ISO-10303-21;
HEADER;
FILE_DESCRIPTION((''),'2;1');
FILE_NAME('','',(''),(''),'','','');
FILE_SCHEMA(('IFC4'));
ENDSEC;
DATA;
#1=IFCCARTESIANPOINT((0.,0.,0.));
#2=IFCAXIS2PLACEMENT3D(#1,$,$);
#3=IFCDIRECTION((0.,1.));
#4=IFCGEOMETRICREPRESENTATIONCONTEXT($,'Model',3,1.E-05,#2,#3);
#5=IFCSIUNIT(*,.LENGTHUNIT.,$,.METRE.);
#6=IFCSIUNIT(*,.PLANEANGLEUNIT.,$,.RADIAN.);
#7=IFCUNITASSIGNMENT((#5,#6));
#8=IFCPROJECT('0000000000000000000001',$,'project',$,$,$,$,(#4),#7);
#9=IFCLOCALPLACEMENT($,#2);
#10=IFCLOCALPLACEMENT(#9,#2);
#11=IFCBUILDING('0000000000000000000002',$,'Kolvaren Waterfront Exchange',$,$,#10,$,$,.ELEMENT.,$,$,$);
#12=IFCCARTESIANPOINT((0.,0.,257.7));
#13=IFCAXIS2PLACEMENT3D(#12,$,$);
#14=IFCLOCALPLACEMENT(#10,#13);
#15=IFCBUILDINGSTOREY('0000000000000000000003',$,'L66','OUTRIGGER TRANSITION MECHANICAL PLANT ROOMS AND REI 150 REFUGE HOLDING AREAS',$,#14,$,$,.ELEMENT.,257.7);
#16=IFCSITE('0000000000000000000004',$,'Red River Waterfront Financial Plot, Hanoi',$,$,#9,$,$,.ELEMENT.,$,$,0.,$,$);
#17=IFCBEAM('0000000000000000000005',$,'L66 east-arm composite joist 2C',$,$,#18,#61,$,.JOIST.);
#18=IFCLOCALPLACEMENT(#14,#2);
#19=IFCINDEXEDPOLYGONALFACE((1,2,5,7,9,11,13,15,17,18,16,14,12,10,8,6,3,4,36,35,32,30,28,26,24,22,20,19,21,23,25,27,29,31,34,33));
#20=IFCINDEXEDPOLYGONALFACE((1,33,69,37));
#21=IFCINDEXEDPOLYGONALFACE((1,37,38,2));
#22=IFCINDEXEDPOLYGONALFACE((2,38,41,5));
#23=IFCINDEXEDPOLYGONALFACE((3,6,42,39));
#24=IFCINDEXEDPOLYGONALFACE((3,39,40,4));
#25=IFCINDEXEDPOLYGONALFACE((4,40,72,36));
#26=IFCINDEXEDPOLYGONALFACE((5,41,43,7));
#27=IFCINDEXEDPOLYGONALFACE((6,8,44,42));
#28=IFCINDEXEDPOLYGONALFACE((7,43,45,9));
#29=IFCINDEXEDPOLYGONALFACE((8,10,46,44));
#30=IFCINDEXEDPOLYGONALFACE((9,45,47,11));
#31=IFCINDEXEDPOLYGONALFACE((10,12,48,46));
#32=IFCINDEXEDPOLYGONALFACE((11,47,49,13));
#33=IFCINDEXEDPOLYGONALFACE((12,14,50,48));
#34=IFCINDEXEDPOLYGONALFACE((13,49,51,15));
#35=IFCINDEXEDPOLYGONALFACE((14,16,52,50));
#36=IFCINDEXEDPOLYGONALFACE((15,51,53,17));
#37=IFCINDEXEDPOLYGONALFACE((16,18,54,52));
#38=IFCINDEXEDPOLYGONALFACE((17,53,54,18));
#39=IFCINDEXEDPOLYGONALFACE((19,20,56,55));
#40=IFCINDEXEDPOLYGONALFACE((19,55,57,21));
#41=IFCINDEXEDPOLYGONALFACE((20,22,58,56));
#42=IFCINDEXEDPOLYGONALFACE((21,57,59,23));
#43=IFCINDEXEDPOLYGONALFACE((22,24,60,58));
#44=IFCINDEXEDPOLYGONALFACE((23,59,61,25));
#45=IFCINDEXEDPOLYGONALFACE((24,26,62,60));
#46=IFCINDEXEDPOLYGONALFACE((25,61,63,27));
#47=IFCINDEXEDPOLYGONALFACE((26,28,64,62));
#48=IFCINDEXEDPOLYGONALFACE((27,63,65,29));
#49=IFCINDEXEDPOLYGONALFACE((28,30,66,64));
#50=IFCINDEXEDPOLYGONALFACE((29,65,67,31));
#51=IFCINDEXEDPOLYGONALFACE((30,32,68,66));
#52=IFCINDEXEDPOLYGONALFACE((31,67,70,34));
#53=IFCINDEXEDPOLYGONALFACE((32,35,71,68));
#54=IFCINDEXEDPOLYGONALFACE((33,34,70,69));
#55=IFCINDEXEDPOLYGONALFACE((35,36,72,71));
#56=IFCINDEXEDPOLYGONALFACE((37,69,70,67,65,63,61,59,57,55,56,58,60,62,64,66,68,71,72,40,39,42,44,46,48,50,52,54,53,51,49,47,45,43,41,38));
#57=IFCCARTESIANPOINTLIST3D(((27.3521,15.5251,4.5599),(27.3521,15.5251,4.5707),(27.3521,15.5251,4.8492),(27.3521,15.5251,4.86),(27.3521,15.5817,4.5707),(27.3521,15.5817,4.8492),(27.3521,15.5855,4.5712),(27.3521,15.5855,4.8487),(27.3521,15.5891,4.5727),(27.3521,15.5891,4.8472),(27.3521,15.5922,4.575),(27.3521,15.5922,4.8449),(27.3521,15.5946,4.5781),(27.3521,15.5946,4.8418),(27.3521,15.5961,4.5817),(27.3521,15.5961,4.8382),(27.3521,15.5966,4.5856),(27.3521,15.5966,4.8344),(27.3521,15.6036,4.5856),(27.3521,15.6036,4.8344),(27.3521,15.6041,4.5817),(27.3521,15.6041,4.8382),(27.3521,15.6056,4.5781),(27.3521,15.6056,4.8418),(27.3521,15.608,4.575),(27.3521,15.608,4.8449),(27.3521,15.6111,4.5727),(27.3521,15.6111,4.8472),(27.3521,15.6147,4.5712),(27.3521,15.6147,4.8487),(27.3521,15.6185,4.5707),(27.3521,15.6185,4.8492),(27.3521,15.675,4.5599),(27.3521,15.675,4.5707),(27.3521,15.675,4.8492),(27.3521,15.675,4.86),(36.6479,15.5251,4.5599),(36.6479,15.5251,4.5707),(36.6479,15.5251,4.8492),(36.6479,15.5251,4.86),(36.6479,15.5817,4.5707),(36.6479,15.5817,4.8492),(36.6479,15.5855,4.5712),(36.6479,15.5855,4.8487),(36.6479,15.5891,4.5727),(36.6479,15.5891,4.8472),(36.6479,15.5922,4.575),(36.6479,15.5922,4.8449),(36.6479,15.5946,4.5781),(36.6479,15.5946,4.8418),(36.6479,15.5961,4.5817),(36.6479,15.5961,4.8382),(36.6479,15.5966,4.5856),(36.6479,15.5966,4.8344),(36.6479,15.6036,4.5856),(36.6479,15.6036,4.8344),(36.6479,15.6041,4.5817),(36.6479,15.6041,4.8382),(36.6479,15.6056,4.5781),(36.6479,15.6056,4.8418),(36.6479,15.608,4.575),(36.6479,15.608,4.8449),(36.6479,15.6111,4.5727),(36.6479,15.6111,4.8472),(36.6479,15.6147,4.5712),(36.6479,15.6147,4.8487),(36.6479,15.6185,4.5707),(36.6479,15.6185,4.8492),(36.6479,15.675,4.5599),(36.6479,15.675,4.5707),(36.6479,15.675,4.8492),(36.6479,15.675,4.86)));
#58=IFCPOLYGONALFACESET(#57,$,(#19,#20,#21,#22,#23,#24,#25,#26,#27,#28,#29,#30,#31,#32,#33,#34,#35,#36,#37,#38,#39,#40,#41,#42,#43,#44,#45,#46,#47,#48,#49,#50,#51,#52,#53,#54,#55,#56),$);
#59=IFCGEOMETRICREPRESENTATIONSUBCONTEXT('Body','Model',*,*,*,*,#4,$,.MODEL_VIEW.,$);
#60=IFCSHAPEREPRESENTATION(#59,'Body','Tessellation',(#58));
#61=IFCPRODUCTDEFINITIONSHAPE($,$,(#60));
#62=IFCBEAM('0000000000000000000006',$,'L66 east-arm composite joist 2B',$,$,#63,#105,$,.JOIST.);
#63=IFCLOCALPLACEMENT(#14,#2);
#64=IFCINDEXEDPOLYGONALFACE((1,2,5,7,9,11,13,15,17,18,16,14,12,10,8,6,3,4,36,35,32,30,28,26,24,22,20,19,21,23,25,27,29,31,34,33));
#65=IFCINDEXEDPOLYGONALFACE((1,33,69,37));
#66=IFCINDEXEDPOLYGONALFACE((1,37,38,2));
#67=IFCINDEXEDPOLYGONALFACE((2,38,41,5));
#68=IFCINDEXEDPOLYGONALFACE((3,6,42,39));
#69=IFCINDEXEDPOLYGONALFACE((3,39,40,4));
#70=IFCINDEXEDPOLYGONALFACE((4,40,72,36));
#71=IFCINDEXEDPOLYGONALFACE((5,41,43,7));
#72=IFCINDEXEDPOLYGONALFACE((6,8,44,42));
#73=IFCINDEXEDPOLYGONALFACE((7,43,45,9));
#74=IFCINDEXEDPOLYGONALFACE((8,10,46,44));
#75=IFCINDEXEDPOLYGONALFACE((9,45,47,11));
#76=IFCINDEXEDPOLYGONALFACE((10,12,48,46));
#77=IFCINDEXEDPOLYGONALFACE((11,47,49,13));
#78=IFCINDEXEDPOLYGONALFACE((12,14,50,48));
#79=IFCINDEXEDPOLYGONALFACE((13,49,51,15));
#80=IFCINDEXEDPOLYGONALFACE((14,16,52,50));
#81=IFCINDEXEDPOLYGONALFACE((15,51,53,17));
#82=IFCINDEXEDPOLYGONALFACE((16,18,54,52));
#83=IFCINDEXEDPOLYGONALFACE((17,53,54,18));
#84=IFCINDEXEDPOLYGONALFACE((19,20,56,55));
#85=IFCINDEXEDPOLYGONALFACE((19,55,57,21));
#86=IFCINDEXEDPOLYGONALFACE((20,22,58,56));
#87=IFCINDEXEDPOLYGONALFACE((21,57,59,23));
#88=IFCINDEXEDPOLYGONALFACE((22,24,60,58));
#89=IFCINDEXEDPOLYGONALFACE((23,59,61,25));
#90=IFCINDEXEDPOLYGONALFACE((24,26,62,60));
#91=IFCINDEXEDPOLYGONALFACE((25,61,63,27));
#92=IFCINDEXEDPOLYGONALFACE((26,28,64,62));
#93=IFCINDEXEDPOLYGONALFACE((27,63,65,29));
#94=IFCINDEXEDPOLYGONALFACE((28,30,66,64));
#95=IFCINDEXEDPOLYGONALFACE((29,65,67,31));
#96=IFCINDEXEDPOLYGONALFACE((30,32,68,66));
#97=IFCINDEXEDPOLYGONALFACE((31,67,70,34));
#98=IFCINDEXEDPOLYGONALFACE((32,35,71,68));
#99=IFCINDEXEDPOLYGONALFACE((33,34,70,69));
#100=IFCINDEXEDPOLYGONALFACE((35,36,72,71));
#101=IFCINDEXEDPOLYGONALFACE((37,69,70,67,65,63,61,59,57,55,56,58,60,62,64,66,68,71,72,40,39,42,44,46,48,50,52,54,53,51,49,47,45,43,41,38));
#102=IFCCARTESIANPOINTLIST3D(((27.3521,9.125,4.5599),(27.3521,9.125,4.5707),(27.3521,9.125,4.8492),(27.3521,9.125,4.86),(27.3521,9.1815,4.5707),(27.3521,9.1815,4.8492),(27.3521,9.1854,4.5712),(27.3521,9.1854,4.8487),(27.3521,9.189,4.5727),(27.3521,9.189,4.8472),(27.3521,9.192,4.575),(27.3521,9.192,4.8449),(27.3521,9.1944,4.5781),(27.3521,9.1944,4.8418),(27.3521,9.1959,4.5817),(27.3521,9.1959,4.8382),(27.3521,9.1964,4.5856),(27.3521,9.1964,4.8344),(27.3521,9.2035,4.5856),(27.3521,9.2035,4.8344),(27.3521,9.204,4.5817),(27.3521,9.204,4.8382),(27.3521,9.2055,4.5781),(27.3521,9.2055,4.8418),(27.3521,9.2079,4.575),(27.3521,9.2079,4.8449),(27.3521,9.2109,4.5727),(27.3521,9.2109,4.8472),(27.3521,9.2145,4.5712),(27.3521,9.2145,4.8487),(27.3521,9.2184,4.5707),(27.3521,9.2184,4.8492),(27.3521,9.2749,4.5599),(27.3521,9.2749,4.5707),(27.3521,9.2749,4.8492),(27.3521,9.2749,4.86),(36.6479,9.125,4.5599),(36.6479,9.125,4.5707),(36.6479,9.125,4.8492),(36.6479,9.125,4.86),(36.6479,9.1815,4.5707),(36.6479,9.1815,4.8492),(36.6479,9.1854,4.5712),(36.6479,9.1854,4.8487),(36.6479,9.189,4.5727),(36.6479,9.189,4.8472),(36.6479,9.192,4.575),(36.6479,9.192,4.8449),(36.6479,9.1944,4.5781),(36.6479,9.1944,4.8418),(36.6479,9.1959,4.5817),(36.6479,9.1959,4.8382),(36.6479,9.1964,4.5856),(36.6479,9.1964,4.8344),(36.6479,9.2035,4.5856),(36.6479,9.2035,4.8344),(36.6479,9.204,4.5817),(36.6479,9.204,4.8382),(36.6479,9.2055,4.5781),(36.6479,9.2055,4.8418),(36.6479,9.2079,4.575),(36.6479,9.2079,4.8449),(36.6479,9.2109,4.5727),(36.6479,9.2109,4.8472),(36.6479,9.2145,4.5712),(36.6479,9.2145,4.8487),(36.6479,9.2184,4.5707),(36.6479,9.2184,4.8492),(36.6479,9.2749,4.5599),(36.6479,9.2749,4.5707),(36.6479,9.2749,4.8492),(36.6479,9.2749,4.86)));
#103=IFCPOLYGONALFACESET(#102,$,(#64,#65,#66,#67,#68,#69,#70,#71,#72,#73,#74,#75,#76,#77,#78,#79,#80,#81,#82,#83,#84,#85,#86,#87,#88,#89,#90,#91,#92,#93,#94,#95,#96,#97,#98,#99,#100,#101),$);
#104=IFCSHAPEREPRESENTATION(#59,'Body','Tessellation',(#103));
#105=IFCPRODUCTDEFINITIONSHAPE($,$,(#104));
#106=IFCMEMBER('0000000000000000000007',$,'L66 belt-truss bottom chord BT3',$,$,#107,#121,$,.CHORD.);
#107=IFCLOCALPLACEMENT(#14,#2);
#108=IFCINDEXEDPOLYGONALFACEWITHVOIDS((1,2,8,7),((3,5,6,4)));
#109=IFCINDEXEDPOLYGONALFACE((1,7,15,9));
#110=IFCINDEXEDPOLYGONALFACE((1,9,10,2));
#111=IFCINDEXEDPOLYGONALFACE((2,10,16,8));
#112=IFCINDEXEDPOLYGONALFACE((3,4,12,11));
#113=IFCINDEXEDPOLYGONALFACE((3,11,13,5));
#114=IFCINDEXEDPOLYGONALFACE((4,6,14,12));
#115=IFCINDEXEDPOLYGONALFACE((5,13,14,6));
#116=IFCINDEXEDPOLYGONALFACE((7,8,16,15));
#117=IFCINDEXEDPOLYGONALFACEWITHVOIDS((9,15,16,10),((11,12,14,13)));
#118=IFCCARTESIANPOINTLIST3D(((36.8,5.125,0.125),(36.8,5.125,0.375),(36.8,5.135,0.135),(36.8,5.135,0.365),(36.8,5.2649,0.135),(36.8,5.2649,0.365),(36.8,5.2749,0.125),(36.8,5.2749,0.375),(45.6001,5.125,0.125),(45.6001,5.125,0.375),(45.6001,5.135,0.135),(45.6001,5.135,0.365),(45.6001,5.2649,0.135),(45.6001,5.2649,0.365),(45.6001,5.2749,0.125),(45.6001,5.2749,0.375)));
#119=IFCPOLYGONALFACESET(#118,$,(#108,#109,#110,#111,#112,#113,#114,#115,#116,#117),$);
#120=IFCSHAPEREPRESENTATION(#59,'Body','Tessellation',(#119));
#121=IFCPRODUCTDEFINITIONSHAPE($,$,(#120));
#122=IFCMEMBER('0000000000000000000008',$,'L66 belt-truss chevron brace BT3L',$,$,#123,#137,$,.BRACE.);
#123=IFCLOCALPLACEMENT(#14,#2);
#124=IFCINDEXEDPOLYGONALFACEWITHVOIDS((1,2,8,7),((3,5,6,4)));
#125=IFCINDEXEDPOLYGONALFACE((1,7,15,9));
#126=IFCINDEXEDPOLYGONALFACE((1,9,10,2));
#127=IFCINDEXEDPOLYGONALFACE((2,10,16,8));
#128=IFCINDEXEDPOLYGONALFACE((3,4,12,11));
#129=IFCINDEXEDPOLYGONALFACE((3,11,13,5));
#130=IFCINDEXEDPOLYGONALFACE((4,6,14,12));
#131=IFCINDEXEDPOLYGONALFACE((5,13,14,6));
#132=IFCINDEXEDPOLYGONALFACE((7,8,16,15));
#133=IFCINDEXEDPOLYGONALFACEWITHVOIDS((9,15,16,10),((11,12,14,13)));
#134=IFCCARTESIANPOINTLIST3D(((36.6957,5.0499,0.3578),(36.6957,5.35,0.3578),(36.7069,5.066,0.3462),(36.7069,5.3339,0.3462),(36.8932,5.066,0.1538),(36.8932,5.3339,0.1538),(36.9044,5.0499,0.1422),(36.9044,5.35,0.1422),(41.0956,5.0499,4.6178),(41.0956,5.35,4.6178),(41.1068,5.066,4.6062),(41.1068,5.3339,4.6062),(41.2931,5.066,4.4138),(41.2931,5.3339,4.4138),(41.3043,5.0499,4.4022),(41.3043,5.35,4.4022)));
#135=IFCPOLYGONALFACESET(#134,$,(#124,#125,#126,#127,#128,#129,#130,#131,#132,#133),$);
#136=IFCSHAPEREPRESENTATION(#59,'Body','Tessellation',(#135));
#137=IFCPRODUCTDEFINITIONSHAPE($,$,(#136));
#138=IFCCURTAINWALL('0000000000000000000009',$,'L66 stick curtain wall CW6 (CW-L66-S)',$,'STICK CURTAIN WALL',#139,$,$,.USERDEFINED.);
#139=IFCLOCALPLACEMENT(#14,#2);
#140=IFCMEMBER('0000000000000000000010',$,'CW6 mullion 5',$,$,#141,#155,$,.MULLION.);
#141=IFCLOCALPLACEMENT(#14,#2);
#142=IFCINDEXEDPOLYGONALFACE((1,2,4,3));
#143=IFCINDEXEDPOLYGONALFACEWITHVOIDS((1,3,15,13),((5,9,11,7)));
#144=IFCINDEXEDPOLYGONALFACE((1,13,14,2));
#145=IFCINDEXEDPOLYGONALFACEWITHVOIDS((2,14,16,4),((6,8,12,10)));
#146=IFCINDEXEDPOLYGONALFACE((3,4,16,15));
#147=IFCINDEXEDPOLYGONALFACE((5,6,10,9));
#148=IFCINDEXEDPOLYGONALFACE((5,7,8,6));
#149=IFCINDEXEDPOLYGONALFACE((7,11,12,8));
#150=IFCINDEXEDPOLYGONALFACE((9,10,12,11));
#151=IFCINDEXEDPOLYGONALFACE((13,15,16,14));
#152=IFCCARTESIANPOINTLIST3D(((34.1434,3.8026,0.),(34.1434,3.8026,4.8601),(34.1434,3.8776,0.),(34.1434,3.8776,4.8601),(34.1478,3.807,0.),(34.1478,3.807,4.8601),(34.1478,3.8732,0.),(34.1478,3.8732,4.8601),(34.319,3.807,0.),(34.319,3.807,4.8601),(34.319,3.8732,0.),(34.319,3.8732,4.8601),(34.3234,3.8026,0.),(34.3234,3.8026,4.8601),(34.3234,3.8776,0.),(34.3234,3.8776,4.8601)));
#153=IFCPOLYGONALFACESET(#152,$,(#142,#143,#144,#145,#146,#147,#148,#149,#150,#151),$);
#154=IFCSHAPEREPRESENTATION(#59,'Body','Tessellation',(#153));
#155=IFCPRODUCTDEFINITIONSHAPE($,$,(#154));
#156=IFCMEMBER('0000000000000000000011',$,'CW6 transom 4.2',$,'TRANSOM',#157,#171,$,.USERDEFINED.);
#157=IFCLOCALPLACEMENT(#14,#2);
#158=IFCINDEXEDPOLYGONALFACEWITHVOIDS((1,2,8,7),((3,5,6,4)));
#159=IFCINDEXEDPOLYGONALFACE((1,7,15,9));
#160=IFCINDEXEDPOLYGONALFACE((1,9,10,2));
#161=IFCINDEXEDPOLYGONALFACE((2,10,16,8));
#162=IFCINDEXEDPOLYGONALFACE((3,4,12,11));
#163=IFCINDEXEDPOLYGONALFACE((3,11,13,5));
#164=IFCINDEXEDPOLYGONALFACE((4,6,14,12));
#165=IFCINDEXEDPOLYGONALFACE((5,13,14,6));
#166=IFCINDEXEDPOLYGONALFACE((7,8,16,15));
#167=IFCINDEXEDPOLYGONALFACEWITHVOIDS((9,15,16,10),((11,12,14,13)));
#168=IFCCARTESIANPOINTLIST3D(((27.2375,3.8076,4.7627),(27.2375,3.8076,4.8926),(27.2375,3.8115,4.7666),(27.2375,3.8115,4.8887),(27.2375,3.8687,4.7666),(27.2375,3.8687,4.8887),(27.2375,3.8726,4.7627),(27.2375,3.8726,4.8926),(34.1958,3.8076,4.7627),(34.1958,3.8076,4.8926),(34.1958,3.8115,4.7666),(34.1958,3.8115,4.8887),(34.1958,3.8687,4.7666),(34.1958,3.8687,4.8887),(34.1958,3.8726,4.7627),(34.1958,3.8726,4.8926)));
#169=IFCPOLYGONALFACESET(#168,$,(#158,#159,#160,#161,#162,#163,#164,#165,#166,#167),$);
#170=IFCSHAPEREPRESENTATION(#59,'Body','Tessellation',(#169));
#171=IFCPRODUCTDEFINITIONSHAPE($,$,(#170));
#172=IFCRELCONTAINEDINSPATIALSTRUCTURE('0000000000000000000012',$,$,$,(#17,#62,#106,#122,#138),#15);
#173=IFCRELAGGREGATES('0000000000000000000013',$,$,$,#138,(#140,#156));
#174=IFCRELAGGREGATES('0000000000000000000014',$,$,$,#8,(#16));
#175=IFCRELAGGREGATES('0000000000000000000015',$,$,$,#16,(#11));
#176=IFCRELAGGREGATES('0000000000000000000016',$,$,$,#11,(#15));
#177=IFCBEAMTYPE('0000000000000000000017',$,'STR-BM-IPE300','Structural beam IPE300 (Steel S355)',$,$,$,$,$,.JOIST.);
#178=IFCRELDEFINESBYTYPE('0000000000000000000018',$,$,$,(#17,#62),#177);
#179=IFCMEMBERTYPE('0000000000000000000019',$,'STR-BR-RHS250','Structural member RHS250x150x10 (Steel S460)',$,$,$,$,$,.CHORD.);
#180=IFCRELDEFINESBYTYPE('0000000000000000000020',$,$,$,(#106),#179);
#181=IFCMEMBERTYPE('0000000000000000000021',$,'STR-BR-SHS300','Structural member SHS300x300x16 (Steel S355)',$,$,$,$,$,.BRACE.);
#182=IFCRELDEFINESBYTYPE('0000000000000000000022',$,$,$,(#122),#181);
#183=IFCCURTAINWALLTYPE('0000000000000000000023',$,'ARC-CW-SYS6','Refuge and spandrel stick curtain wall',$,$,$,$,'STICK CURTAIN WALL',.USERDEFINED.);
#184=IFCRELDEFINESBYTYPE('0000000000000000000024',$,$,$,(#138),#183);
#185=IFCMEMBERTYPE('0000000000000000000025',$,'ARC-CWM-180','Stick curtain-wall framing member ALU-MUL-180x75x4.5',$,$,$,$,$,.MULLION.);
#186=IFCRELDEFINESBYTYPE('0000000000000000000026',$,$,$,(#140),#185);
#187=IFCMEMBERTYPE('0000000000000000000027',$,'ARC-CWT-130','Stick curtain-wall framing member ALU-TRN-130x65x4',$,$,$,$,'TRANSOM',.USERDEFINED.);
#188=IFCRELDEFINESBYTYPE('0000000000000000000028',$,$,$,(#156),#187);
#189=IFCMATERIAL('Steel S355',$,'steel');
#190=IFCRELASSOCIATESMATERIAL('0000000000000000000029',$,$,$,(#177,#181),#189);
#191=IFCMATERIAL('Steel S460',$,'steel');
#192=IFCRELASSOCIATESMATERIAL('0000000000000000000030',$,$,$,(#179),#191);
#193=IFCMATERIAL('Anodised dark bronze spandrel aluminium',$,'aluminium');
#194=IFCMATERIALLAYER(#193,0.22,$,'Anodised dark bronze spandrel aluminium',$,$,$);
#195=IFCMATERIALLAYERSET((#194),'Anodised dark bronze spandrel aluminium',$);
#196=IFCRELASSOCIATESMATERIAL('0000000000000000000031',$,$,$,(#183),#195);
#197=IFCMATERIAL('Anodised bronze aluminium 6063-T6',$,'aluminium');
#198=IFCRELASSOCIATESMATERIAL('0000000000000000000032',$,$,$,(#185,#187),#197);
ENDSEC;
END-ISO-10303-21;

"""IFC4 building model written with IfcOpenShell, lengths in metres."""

from ifc_helpers import new_model, si_unit, direction, frame, origin, origin_with_axes, origin_2d, place, context, subcontext, project, spatial, hollow_rectangle, i_section, extrude, source, transform, mapped, material, layer, layer_set, material_profile, profile_set, type_object, element, aggregate, save


model = new_model("IFC4")

# Units and contexts
model_context = context("Model", 3, precision=1e-05, world=origin(), true_north=direction((0.0, 1.0)))
body_context = subcontext(model_context, "Body", "Model", "MODEL_VIEW")
ifc_project = project(units=[si_unit("LENGTHUNIT", "METRE"), si_unit("PLANEANGLEUNIT", "RADIAN")], contexts=[model_context])

# Site, building, storey
site_placement = place(None, origin())
site = spatial("IfcSite", under=ifc_project, at=site_placement, Name="Red River Waterfront Financial Plot, Hanoi", CompositionType="ELEMENT", RefElevation=0.0)
building_placement = place(site_placement, origin())
building = spatial("IfcBuilding", under=site, at=building_placement, Name="Kolvaren Waterfront Exchange", CompositionType="ELEMENT")
storey_placement = place(building_placement, frame((0.0, 0.0, 257.7)))
storey = spatial("IfcBuildingStorey", under=building, at=storey_placement, Name="L66", Description="OUTRIGGER TRANSITION MECHANICAL PLANT ROOMS AND REI 150 REFUGE HOLDING AREAS", CompositionType="ELEMENT", Elevation=257.7)

# Beams
ifc_material_1 = material(Name="Steel S355", Category="steel")
ifc_material_profile_1 = material_profile(ifc_material_1, i_section(OverallWidth=0.1499, OverallDepth=0.3, WebThickness=0.0071, FlangeThickness=0.0107, FilletRadius=0.0149, at=origin_2d()), Name="IPE300")
ifc_profile_set_1 = profile_set([ifc_material_profile_1], Name="Steel S355")
beam_type_1 = type_object("IfcBeamType", Name="STR-BM-IPE300", Description="Structural beam IPE300 (Steel S355)", PredefinedType="JOIST", material=ifc_profile_set_1)
for number, where, z_axis, x_axis, name in (
    (1, (27.3521, 15.6001, 4.71), (1.0, 0.0, 0.0), (0.0, 1.0, 0.0), "L66 east-arm composite joist 2C"),
    (2, (27.3521, 9.2, 4.71), (1.0, 0.0, 0.0), (0.0, 1.0, 0.0), "L66 east-arm composite joist 2B"),
):
    element("IfcBeam", number, at=place(storey_placement, frame(where, z_axis=z_axis, x_axis=x_axis)), inside=storey, type_object=beam_type_1, Name=name, PredefinedType="JOIST", context=body_context, shape_type="SweptSolid", body=[
        extrude(i_section(OverallWidth=0.1499, OverallDepth=0.3, WebThickness=0.0071, FlangeThickness=0.0107, FilletRadius=0.0149, at=origin_2d()), origin(), (0.0, 0.0, 1.0), 9.2959),
    ])

# Members
ifc_material_2 = material(Name="Steel S460", Category="steel")
ifc_material_profile_2 = material_profile(ifc_material_2, hollow_rectangle(XDim=0.1499, YDim=0.25, WallThickness=0.01, at=origin_2d()), Name="RHS250x150x10")
ifc_profile_set_2 = profile_set([ifc_material_profile_2], Name="Steel S460")
member_type_1 = type_object("IfcMemberType", Name="STR-BR-RHS250", Description="Structural member RHS250x150x10 (Steel S460)", PredefinedType="CHORD", material=ifc_profile_set_2)
member_1_placement = place(storey_placement, frame((36.8, 5.2, 0.25), z_axis=(1.0, 0.0, 0.0), x_axis=(0.0, 1.0, 0.0)))
element("IfcMember", 3, at=member_1_placement, inside=storey, type_object=member_type_1, Name="L66 belt-truss bottom chord BT3", PredefinedType="CHORD", context=body_context, shape_type="SweptSolid", body=[
    extrude(hollow_rectangle(XDim=0.1499, YDim=0.25, WallThickness=0.01, at=origin_2d()), origin(), (0.0, 0.0, 1.0), 8.8),
])
ifc_material_profile_3 = material_profile(ifc_material_1, hollow_rectangle(XDim=0.3, YDim=0.3, WallThickness=0.0161, at=origin_2d()), Name="SHS300x300x16")
ifc_profile_set_3 = profile_set([ifc_material_profile_3], Name="Steel S355")
member_type_2 = type_object("IfcMemberType", Name="STR-BR-SHS300", Description="Structural member SHS300x300x16 (Steel S355)", PredefinedType="BRACE", material=ifc_profile_set_3)
member_2_placement = place(storey_placement, frame((36.8, 5.2, 0.25), z_axis=(0.718436, 0.0, 0.695593), x_axis=(0.0, 1.0, 0.0)))
element("IfcMember", 4, at=member_2_placement, inside=storey, type_object=member_type_2, Name="L66 belt-truss chevron brace BT3L", PredefinedType="BRACE", context=body_context, shape_type="SweptSolid", body=[
    extrude(hollow_rectangle(XDim=0.3, YDim=0.3, WallThickness=0.0161, at=origin_2d()), origin(), (0.0, 0.0, 1.0), 6.1243),
])

# Curtain wall, members
ifc_material_3 = material(Name="Anodised dark bronze spandrel aluminium", Category="aluminium")
ifc_layer_1 = layer(ifc_material_3, 0.22, Name="Anodised dark bronze spandrel aluminium")
ifc_layer_set_1 = layer_set([ifc_layer_1], Name="Anodised dark bronze spandrel aluminium")
curtain_wall_type = type_object("IfcCurtainWallType", Name="ARC-CW-SYS6", Description="Refuge and spandrel stick curtain wall", ElementType="STICK CURTAIN WALL", PredefinedType="USERDEFINED", material=ifc_layer_set_1)
curtain_wall_placement = place(storey_placement, origin())
curtain_wall = element("IfcCurtainWall", 5, at=curtain_wall_placement, inside=storey, type_object=curtain_wall_type, Name="L66 stick curtain wall CW6 (CW-L66-S)", ObjectType="STICK CURTAIN WALL", PredefinedType="USERDEFINED")
ifc_material_4 = material(Name="Anodised bronze aluminium 6063-T6", Category="aluminium")
ifc_material_profile_4 = material_profile(ifc_material_4, hollow_rectangle(XDim=0.075, YDim=0.1799, WallThickness=0.0044, at=origin_2d()), Name="ALU-MUL-180x75x4.5")
ifc_profile_set_4 = profile_set([ifc_material_profile_4], Name="Anodised bronze aluminium 6063-T6")
member_type_3 = type_object("IfcMemberType", Name="ARC-CWM-180", Description="Stick curtain-wall framing member ALU-MUL-180x75x4.5", PredefinedType="MULLION", material=ifc_profile_set_4)
shared_shape_1 = source(origin_with_axes(), body_context, "Body", "SweptSolid", [
    extrude(hollow_rectangle(XDim=0.075, YDim=0.1799, WallThickness=0.0044, at=origin_2d()), origin(), (0.0, 0.0, 1.0), 4.8601),
])
member_3_placement = place(storey_placement, frame((34.2334, 3.8401, 0.0), z_axis=(0.0, 0.0, 1.0), x_axis=(0.0, 1.0, 0.0)))
member_3 = element("IfcMember", 6, at=member_3_placement, type_object=member_type_3, Name="CW6 mullion 5", PredefinedType="MULLION", context=body_context, shape_type="MappedRepresentation", body=[
    mapped(shared_shape_1, transform((0.0, 0.0, 0.0), x_axis=(1.0, 0.0, 0.0), y_axis=(0.0, 1.0, 0.0), z_axis=(0.0, 0.0, 1.0), scale=1.0)),
])
ifc_material_profile_5 = material_profile(ifc_material_4, hollow_rectangle(XDim=0.0649, YDim=0.1299, WallThickness=0.0039, at=origin_2d()), Name="ALU-TRN-130x65x4")
ifc_profile_set_5 = profile_set([ifc_material_profile_5], Name="Anodised bronze aluminium 6063-T6")
member_type_4 = type_object("IfcMemberType", Name="ARC-CWT-130", Description="Stick curtain-wall framing member ALU-TRN-130x65x4", ElementType="TRANSOM", PredefinedType="USERDEFINED", material=ifc_profile_set_5)
shared_shape_2 = source(origin_with_axes(), body_context, "Body", "SweptSolid", [
    extrude(hollow_rectangle(XDim=0.0649, YDim=0.1299, WallThickness=0.0039, at=origin_2d()), origin(), (0.0, 0.0, 1.0), 6.9583),
])
member_4_placement = place(storey_placement, frame((27.2375, 3.8401, 4.8276), z_axis=(1.0, 0.0, 0.0), x_axis=(0.0, 1.0, 0.0)))
member_4 = element("IfcMember", 7, at=member_4_placement, type_object=member_type_4, Name="CW6 transom 4.2", ObjectType="TRANSOM", PredefinedType="USERDEFINED", context=body_context, shape_type="MappedRepresentation", body=[
    mapped(shared_shape_2, transform((0.0, 0.0, 0.0), x_axis=(1.0, 0.0, 0.0), y_axis=(0.0, 1.0, 0.0), z_axis=(0.0, 0.0, 1.0), scale=1.0)),
])
aggregate(curtain_wall, [member_3, member_4])

save(model, "model.ifc")
